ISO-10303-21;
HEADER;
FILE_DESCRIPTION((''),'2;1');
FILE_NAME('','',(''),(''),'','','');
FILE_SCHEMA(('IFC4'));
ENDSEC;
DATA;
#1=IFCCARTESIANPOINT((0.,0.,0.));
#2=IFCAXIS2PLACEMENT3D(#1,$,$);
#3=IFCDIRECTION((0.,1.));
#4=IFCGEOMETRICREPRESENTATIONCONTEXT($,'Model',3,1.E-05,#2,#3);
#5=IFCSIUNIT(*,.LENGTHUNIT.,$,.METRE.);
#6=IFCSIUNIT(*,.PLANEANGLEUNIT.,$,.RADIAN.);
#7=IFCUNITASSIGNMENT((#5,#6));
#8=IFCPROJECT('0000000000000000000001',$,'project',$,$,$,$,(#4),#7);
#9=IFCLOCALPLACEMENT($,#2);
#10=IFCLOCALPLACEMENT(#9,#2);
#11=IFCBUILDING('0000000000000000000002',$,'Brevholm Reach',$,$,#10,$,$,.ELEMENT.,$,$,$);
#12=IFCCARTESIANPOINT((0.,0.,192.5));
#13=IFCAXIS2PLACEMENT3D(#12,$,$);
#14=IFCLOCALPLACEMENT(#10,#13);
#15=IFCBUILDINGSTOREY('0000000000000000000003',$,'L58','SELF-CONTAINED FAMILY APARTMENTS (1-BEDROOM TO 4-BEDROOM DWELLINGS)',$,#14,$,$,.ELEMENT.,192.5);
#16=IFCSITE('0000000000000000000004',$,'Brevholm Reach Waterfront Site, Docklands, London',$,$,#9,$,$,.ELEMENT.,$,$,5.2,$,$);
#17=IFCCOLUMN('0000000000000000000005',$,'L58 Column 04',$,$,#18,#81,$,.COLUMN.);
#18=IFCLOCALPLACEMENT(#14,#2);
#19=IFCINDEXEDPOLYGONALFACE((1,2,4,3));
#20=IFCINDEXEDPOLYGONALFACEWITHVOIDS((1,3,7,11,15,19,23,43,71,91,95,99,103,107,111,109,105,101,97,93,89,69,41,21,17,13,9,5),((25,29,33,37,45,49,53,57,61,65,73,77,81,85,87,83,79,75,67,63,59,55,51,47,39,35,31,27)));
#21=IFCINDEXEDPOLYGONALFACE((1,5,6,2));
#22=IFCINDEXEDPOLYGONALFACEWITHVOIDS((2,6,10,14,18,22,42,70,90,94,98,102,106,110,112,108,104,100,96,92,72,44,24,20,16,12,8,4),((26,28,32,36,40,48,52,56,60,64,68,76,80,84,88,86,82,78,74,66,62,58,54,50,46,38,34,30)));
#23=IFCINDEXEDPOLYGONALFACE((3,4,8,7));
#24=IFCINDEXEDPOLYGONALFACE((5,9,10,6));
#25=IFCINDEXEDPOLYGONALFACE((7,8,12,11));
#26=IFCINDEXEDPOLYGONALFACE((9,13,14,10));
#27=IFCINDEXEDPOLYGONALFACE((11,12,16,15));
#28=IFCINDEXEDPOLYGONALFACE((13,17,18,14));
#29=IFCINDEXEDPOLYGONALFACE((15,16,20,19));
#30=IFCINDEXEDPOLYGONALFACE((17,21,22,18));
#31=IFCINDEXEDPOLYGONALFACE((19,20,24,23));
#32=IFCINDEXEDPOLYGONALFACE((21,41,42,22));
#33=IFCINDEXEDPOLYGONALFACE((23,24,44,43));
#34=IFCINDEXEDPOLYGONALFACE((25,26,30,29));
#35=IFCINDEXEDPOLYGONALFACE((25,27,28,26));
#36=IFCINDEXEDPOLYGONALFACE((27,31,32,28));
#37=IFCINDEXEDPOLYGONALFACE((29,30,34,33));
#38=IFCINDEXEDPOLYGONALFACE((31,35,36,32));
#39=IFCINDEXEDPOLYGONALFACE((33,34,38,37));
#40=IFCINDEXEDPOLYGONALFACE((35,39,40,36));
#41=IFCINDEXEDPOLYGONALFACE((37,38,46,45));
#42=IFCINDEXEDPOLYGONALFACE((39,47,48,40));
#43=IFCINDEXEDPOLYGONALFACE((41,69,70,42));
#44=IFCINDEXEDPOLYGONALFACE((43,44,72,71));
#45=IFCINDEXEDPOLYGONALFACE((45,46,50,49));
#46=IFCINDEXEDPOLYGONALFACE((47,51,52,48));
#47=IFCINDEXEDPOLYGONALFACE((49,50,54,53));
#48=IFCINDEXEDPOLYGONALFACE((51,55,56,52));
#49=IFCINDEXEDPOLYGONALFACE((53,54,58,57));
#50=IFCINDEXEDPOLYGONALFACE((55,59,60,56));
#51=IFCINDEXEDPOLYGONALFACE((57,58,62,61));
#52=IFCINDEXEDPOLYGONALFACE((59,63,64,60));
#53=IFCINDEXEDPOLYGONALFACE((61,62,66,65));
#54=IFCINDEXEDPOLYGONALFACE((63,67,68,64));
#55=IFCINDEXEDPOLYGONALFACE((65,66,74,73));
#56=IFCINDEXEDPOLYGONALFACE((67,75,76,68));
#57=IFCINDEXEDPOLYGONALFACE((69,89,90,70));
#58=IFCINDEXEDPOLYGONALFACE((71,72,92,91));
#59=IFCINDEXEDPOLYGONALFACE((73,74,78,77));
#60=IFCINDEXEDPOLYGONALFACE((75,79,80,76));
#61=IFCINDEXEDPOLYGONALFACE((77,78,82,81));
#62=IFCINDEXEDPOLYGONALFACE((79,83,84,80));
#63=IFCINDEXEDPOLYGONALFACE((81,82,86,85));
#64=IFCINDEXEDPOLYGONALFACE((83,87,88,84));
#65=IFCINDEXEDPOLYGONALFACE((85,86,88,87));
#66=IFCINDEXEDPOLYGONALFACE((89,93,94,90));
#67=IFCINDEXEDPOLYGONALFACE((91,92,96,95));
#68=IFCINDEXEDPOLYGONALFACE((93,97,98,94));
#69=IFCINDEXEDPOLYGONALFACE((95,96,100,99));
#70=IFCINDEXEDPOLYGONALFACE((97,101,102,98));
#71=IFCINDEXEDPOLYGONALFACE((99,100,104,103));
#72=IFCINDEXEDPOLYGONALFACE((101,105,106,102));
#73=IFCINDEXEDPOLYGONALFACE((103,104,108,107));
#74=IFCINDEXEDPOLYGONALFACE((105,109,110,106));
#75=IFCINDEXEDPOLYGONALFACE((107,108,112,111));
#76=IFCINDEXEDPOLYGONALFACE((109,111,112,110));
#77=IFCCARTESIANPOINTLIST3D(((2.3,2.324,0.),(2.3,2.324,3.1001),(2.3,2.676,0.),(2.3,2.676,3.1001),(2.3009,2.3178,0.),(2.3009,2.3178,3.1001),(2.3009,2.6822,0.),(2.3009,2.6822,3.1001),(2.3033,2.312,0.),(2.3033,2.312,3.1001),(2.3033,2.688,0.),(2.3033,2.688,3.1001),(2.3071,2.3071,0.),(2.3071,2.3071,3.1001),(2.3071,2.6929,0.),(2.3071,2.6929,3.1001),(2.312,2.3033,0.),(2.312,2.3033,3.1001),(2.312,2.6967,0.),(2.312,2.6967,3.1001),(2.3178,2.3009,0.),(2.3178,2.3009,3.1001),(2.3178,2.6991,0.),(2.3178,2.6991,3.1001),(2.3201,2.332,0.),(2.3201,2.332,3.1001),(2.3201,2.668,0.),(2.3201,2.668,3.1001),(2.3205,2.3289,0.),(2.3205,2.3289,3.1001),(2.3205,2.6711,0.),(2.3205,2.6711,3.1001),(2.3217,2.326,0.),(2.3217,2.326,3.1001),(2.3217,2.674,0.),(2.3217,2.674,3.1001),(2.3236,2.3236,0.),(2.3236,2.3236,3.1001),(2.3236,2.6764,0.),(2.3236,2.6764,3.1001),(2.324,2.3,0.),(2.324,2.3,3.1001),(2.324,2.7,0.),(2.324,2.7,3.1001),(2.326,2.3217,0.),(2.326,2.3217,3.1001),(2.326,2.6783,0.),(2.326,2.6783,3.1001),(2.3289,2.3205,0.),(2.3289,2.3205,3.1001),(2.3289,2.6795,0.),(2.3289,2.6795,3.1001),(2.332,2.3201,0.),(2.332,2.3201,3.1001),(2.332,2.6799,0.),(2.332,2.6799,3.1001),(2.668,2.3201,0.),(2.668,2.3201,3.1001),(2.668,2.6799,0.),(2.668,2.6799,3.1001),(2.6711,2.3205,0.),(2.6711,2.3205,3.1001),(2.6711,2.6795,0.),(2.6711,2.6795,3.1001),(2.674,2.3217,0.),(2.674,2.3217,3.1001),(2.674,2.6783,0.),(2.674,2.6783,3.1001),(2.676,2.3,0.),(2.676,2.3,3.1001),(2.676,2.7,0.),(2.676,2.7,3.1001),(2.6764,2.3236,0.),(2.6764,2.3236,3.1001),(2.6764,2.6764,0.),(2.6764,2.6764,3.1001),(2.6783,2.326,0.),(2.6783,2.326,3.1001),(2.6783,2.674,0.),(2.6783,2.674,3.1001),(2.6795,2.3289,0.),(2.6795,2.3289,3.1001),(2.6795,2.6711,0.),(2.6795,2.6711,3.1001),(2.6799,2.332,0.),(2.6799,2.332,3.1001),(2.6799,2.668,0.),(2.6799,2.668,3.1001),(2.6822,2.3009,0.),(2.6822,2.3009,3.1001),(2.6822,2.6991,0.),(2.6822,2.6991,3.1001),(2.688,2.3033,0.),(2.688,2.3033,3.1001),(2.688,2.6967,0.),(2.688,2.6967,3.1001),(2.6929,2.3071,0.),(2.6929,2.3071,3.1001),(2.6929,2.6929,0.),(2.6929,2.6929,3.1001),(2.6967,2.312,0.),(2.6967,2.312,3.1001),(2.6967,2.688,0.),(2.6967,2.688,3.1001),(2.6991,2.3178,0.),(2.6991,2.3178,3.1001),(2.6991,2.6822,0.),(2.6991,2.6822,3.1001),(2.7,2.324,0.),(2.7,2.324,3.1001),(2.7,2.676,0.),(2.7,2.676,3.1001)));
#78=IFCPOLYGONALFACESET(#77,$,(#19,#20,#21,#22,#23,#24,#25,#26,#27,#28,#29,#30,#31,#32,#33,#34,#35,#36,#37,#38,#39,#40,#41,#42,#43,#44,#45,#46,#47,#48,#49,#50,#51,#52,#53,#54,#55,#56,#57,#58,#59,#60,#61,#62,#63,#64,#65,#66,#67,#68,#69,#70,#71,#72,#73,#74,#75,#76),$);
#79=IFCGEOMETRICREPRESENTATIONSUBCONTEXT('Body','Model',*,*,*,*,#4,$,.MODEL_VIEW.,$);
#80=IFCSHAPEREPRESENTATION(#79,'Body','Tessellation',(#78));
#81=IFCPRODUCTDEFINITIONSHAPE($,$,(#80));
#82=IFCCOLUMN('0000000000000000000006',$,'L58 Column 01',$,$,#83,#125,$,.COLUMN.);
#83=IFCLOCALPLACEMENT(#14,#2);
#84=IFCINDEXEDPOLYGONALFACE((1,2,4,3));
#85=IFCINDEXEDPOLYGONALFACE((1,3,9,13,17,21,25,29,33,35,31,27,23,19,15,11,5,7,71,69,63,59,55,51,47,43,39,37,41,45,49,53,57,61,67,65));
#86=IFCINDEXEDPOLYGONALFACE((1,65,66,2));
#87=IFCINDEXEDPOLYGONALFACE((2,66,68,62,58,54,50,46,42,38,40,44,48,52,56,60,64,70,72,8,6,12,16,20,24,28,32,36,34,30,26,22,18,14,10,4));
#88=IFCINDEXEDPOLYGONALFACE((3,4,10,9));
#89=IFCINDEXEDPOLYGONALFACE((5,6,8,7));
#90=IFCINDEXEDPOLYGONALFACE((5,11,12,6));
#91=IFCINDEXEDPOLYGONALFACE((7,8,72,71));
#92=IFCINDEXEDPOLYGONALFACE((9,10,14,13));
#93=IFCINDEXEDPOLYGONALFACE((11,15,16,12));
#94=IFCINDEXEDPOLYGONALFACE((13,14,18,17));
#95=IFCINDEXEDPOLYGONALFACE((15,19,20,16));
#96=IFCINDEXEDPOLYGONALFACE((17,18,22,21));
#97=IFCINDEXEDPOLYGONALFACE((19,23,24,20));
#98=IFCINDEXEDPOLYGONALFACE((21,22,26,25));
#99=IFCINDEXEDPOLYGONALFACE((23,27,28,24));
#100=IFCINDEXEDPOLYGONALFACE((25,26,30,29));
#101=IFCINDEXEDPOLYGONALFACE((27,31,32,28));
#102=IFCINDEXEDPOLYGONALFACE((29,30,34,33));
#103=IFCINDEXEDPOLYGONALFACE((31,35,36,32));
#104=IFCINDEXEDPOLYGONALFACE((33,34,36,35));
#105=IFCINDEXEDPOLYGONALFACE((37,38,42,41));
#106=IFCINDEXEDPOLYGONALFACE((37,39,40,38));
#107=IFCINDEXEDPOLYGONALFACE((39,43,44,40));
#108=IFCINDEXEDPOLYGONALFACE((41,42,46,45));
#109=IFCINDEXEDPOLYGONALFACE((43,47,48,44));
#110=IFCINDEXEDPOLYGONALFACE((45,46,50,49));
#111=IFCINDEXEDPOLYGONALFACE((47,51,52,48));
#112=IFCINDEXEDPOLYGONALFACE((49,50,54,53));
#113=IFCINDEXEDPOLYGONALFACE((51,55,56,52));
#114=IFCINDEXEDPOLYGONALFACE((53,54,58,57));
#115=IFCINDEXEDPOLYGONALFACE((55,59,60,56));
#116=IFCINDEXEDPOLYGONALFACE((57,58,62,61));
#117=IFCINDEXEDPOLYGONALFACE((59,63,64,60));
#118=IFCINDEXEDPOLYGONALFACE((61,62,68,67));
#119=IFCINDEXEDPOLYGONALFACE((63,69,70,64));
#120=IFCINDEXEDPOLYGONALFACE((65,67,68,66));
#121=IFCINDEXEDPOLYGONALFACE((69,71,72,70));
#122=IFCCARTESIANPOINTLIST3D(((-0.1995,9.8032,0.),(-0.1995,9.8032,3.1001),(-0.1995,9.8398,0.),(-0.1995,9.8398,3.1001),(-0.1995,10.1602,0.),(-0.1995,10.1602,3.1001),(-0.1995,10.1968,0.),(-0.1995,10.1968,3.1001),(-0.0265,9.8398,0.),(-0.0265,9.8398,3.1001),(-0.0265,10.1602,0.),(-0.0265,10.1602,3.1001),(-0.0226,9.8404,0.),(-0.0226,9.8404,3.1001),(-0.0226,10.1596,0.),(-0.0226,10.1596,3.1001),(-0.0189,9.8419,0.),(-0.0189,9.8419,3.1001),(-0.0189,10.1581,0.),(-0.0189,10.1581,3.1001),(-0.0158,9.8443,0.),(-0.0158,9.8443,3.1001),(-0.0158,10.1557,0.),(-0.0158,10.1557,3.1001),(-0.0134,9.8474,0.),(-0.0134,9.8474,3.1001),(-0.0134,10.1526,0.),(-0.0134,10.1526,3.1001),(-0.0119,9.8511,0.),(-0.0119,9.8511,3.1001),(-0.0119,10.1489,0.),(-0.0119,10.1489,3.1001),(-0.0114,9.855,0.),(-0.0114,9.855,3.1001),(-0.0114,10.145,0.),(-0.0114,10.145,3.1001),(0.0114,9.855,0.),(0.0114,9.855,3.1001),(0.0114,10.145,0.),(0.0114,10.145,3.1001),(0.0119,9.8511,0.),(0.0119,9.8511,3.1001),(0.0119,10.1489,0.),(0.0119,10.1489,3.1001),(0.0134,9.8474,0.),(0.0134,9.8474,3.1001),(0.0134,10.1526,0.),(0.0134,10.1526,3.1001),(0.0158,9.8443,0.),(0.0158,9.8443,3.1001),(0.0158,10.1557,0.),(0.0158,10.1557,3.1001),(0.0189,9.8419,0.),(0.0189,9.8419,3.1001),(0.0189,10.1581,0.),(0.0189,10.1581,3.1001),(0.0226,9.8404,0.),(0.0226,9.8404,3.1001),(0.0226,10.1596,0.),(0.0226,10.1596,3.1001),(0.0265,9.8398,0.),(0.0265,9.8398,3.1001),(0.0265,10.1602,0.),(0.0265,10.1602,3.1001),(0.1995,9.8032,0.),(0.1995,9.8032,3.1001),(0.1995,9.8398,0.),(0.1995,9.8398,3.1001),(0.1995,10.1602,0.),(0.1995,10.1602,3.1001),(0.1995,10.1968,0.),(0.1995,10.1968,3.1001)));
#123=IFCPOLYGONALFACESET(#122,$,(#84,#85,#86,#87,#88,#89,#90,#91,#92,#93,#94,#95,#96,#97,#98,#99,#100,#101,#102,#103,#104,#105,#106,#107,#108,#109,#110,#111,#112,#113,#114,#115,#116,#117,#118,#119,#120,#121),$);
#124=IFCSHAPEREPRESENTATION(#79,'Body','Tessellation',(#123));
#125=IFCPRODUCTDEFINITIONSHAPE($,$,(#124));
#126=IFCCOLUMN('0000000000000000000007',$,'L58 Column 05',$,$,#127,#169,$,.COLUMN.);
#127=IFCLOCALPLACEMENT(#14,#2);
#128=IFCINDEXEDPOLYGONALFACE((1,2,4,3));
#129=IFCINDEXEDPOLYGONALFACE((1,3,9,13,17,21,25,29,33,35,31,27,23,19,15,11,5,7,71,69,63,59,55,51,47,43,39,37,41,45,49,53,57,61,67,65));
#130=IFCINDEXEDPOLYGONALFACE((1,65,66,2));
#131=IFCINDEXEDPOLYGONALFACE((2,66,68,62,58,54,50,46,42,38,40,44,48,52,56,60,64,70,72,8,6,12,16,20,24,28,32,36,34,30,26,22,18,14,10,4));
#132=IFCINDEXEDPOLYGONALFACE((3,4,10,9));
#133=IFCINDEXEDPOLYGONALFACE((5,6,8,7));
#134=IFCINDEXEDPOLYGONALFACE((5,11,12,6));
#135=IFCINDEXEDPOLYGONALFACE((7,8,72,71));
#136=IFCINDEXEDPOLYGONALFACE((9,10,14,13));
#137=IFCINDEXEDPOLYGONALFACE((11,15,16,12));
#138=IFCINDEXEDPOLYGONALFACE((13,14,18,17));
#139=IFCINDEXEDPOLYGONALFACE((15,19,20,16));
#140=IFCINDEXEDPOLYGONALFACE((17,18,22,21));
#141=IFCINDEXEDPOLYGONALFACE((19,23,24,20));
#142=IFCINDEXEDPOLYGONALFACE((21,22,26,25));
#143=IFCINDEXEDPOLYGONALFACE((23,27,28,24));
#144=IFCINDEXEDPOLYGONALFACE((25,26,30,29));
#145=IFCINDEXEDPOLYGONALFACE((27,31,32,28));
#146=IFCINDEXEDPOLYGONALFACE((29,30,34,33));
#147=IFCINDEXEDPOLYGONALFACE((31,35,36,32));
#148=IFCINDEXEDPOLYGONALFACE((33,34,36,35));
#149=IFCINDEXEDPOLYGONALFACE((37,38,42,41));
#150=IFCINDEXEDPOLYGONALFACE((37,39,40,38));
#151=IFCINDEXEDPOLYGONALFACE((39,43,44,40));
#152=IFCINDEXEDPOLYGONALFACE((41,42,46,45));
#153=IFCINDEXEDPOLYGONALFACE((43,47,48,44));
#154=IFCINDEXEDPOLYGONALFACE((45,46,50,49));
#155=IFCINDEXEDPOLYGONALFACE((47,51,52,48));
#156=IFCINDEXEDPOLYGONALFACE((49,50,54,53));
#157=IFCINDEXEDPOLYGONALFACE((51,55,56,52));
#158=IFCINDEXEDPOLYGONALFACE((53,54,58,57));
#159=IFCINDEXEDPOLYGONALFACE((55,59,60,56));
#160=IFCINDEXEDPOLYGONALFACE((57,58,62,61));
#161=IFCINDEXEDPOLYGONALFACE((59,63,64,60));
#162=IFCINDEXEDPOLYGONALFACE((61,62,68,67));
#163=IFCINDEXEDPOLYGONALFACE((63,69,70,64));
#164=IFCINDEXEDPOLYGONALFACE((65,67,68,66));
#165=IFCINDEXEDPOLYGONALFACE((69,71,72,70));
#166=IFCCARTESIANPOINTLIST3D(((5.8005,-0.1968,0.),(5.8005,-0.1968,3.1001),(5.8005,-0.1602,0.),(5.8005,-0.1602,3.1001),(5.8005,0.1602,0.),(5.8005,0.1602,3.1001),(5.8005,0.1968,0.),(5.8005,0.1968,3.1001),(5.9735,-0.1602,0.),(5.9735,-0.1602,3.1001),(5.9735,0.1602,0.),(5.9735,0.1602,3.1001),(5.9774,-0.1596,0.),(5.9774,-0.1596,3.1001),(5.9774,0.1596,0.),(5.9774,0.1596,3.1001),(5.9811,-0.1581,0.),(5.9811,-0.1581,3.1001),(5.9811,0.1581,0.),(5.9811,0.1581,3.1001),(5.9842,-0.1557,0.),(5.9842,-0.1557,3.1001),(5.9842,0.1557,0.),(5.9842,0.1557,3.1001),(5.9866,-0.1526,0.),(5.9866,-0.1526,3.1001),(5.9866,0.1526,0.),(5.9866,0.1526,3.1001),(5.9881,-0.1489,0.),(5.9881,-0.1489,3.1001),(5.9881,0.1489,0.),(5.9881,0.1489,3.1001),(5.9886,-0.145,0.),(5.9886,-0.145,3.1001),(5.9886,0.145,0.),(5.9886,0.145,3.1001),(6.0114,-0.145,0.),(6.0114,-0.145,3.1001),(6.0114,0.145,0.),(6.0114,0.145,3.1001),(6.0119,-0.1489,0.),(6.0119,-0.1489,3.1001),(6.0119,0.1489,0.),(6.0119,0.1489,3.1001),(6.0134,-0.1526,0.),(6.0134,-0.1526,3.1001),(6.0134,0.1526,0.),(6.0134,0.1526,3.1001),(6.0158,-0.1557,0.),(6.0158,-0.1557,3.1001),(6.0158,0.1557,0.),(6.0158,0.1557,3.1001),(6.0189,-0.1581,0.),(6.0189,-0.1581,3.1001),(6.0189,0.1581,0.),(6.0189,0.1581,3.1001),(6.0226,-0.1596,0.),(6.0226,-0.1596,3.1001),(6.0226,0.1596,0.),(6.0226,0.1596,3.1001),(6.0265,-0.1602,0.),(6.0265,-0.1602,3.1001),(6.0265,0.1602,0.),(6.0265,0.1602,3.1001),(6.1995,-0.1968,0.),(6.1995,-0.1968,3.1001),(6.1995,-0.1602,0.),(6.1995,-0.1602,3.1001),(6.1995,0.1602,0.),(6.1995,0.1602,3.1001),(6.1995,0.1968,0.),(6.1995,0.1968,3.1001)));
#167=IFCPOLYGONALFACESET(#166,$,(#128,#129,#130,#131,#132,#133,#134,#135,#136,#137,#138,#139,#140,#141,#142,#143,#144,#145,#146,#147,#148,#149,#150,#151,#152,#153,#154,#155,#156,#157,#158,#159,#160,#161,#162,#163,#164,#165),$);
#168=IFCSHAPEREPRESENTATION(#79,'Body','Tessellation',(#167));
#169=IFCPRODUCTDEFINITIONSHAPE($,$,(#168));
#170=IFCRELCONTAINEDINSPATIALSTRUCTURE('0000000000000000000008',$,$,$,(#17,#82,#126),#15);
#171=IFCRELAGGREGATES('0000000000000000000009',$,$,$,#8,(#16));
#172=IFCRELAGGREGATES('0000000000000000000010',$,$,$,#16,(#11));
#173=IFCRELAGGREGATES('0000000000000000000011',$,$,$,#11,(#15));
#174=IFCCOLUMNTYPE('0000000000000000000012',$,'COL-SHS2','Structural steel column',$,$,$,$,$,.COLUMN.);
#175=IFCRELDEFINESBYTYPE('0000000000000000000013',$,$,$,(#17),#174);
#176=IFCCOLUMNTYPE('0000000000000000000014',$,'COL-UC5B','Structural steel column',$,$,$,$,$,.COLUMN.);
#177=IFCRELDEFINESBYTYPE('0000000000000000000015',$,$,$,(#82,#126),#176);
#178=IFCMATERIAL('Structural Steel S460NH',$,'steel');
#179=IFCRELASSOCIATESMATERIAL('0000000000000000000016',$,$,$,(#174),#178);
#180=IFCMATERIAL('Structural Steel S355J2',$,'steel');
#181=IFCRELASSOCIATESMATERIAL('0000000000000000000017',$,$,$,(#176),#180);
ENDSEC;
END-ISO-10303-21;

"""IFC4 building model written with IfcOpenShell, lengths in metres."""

from ifc_helpers import new_model, si_unit, direction, frame, origin, origin_2d, place, context, subcontext, project, spatial, hollow_rectangle, i_section, extrude, material, material_profile, profile_set, type_object, element, save


model = new_model("IFC4")

# Units and contexts
model_context = context("Model", 3, precision=1e-05, world=origin(), true_north=direction((0.0, 1.0)))
body_context = subcontext(model_context, "Body", "Model", "MODEL_VIEW")
ifc_project = project(units=[si_unit("LENGTHUNIT", "METRE"), si_unit("PLANEANGLEUNIT", "RADIAN")], contexts=[model_context])

# Site, building, storey
site_placement = place(None, origin())
site = spatial("IfcSite", under=ifc_project, at=site_placement, Name="Brevholm Reach Waterfront Site, Docklands, London", CompositionType="ELEMENT", RefElevation=5.2)
building_placement = place(site_placement, origin())
building = spatial("IfcBuilding", under=site, at=building_placement, Name="Brevholm Reach", CompositionType="ELEMENT")
storey_placement = place(building_placement, frame((0.0, 0.0, 192.5)))
storey = spatial("IfcBuildingStorey", under=building, at=storey_placement, Name="L58", Description="SELF-CONTAINED FAMILY APARTMENTS (1-BEDROOM TO 4-BEDROOM DWELLINGS)", CompositionType="ELEMENT", Elevation=192.5)

# Columns
ifc_material_1 = material(Name="Structural Steel S460NH", Category="steel")
ifc_material_profile_1 = material_profile(ifc_material_1, hollow_rectangle(XDim=0.3999, YDim=0.3999, WallThickness=0.02, InnerFilletRadius=0.012, OuterFilletRadius=0.0239, at=origin_2d()), Name="SHS 400x400x20")
ifc_profile_set_1 = profile_set([ifc_material_profile_1], Name="Structural Steel S460NH")
column_type_1 = type_object("IfcColumnType", Name="COL-SHS2", Description="Structural steel column", PredefinedType="COLUMN", material=ifc_profile_set_1)
column_placement = place(storey_placement, frame((2.5, 2.5, 0.0), z_axis=(0.0, 0.0, 1.0), x_axis=(1.0, 0.0, 0.0)))
element("IfcColumn", 1, at=column_placement, inside=storey, type_object=column_type_1, Name="L58 Column 04", PredefinedType="COLUMN", context=body_context, shape_type="SweptSolid", body=[
    extrude(hollow_rectangle(XDim=0.3999, YDim=0.3999, WallThickness=0.02, InnerFilletRadius=0.012, OuterFilletRadius=0.0239, at=origin_2d()), origin(), (0.0, 0.0, 1.0), 3.1001),
])
ifc_material_2 = material(Name="Structural Steel S355J2", Category="steel")
ifc_material_profile_2 = material_profile(ifc_material_2, i_section(OverallWidth=0.3989, OverallDepth=0.3936, WebThickness=0.0227, FlangeThickness=0.0366, FilletRadius=0.0151, at=origin_2d()), Name="UKC 356x406x287")
ifc_profile_set_2 = profile_set([ifc_material_profile_2], Name="Structural Steel S355J2")
column_type_2 = type_object("IfcColumnType", Name="COL-UC5B", Description="Structural steel column", PredefinedType="COLUMN", material=ifc_profile_set_2)
for number, where, z_axis, x_axis, name in (
    (2, (0.0, 10.0, 0.0), (0.0, 0.0, 1.0), (1.0, 0.0, 0.0), "L58 Column 01"),
    (3, (6.0, 0.0, 0.0), (0.0, 0.0, 1.0), (1.0, 0.0, 0.0), "L58 Column 05"),
):
    element("IfcColumn", number, at=place(storey_placement, frame(where, z_axis=z_axis, x_axis=x_axis)), inside=storey, type_object=column_type_2, Name=name, PredefinedType="COLUMN", context=body_context, shape_type="SweptSolid", body=[
        extrude(i_section(OverallWidth=0.3989, OverallDepth=0.3936, WebThickness=0.0227, FlangeThickness=0.0366, FilletRadius=0.0151, at=origin_2d()), origin(), (0.0, 0.0, 1.0), 3.1001),
    ])

save(model, "model.ifc")
